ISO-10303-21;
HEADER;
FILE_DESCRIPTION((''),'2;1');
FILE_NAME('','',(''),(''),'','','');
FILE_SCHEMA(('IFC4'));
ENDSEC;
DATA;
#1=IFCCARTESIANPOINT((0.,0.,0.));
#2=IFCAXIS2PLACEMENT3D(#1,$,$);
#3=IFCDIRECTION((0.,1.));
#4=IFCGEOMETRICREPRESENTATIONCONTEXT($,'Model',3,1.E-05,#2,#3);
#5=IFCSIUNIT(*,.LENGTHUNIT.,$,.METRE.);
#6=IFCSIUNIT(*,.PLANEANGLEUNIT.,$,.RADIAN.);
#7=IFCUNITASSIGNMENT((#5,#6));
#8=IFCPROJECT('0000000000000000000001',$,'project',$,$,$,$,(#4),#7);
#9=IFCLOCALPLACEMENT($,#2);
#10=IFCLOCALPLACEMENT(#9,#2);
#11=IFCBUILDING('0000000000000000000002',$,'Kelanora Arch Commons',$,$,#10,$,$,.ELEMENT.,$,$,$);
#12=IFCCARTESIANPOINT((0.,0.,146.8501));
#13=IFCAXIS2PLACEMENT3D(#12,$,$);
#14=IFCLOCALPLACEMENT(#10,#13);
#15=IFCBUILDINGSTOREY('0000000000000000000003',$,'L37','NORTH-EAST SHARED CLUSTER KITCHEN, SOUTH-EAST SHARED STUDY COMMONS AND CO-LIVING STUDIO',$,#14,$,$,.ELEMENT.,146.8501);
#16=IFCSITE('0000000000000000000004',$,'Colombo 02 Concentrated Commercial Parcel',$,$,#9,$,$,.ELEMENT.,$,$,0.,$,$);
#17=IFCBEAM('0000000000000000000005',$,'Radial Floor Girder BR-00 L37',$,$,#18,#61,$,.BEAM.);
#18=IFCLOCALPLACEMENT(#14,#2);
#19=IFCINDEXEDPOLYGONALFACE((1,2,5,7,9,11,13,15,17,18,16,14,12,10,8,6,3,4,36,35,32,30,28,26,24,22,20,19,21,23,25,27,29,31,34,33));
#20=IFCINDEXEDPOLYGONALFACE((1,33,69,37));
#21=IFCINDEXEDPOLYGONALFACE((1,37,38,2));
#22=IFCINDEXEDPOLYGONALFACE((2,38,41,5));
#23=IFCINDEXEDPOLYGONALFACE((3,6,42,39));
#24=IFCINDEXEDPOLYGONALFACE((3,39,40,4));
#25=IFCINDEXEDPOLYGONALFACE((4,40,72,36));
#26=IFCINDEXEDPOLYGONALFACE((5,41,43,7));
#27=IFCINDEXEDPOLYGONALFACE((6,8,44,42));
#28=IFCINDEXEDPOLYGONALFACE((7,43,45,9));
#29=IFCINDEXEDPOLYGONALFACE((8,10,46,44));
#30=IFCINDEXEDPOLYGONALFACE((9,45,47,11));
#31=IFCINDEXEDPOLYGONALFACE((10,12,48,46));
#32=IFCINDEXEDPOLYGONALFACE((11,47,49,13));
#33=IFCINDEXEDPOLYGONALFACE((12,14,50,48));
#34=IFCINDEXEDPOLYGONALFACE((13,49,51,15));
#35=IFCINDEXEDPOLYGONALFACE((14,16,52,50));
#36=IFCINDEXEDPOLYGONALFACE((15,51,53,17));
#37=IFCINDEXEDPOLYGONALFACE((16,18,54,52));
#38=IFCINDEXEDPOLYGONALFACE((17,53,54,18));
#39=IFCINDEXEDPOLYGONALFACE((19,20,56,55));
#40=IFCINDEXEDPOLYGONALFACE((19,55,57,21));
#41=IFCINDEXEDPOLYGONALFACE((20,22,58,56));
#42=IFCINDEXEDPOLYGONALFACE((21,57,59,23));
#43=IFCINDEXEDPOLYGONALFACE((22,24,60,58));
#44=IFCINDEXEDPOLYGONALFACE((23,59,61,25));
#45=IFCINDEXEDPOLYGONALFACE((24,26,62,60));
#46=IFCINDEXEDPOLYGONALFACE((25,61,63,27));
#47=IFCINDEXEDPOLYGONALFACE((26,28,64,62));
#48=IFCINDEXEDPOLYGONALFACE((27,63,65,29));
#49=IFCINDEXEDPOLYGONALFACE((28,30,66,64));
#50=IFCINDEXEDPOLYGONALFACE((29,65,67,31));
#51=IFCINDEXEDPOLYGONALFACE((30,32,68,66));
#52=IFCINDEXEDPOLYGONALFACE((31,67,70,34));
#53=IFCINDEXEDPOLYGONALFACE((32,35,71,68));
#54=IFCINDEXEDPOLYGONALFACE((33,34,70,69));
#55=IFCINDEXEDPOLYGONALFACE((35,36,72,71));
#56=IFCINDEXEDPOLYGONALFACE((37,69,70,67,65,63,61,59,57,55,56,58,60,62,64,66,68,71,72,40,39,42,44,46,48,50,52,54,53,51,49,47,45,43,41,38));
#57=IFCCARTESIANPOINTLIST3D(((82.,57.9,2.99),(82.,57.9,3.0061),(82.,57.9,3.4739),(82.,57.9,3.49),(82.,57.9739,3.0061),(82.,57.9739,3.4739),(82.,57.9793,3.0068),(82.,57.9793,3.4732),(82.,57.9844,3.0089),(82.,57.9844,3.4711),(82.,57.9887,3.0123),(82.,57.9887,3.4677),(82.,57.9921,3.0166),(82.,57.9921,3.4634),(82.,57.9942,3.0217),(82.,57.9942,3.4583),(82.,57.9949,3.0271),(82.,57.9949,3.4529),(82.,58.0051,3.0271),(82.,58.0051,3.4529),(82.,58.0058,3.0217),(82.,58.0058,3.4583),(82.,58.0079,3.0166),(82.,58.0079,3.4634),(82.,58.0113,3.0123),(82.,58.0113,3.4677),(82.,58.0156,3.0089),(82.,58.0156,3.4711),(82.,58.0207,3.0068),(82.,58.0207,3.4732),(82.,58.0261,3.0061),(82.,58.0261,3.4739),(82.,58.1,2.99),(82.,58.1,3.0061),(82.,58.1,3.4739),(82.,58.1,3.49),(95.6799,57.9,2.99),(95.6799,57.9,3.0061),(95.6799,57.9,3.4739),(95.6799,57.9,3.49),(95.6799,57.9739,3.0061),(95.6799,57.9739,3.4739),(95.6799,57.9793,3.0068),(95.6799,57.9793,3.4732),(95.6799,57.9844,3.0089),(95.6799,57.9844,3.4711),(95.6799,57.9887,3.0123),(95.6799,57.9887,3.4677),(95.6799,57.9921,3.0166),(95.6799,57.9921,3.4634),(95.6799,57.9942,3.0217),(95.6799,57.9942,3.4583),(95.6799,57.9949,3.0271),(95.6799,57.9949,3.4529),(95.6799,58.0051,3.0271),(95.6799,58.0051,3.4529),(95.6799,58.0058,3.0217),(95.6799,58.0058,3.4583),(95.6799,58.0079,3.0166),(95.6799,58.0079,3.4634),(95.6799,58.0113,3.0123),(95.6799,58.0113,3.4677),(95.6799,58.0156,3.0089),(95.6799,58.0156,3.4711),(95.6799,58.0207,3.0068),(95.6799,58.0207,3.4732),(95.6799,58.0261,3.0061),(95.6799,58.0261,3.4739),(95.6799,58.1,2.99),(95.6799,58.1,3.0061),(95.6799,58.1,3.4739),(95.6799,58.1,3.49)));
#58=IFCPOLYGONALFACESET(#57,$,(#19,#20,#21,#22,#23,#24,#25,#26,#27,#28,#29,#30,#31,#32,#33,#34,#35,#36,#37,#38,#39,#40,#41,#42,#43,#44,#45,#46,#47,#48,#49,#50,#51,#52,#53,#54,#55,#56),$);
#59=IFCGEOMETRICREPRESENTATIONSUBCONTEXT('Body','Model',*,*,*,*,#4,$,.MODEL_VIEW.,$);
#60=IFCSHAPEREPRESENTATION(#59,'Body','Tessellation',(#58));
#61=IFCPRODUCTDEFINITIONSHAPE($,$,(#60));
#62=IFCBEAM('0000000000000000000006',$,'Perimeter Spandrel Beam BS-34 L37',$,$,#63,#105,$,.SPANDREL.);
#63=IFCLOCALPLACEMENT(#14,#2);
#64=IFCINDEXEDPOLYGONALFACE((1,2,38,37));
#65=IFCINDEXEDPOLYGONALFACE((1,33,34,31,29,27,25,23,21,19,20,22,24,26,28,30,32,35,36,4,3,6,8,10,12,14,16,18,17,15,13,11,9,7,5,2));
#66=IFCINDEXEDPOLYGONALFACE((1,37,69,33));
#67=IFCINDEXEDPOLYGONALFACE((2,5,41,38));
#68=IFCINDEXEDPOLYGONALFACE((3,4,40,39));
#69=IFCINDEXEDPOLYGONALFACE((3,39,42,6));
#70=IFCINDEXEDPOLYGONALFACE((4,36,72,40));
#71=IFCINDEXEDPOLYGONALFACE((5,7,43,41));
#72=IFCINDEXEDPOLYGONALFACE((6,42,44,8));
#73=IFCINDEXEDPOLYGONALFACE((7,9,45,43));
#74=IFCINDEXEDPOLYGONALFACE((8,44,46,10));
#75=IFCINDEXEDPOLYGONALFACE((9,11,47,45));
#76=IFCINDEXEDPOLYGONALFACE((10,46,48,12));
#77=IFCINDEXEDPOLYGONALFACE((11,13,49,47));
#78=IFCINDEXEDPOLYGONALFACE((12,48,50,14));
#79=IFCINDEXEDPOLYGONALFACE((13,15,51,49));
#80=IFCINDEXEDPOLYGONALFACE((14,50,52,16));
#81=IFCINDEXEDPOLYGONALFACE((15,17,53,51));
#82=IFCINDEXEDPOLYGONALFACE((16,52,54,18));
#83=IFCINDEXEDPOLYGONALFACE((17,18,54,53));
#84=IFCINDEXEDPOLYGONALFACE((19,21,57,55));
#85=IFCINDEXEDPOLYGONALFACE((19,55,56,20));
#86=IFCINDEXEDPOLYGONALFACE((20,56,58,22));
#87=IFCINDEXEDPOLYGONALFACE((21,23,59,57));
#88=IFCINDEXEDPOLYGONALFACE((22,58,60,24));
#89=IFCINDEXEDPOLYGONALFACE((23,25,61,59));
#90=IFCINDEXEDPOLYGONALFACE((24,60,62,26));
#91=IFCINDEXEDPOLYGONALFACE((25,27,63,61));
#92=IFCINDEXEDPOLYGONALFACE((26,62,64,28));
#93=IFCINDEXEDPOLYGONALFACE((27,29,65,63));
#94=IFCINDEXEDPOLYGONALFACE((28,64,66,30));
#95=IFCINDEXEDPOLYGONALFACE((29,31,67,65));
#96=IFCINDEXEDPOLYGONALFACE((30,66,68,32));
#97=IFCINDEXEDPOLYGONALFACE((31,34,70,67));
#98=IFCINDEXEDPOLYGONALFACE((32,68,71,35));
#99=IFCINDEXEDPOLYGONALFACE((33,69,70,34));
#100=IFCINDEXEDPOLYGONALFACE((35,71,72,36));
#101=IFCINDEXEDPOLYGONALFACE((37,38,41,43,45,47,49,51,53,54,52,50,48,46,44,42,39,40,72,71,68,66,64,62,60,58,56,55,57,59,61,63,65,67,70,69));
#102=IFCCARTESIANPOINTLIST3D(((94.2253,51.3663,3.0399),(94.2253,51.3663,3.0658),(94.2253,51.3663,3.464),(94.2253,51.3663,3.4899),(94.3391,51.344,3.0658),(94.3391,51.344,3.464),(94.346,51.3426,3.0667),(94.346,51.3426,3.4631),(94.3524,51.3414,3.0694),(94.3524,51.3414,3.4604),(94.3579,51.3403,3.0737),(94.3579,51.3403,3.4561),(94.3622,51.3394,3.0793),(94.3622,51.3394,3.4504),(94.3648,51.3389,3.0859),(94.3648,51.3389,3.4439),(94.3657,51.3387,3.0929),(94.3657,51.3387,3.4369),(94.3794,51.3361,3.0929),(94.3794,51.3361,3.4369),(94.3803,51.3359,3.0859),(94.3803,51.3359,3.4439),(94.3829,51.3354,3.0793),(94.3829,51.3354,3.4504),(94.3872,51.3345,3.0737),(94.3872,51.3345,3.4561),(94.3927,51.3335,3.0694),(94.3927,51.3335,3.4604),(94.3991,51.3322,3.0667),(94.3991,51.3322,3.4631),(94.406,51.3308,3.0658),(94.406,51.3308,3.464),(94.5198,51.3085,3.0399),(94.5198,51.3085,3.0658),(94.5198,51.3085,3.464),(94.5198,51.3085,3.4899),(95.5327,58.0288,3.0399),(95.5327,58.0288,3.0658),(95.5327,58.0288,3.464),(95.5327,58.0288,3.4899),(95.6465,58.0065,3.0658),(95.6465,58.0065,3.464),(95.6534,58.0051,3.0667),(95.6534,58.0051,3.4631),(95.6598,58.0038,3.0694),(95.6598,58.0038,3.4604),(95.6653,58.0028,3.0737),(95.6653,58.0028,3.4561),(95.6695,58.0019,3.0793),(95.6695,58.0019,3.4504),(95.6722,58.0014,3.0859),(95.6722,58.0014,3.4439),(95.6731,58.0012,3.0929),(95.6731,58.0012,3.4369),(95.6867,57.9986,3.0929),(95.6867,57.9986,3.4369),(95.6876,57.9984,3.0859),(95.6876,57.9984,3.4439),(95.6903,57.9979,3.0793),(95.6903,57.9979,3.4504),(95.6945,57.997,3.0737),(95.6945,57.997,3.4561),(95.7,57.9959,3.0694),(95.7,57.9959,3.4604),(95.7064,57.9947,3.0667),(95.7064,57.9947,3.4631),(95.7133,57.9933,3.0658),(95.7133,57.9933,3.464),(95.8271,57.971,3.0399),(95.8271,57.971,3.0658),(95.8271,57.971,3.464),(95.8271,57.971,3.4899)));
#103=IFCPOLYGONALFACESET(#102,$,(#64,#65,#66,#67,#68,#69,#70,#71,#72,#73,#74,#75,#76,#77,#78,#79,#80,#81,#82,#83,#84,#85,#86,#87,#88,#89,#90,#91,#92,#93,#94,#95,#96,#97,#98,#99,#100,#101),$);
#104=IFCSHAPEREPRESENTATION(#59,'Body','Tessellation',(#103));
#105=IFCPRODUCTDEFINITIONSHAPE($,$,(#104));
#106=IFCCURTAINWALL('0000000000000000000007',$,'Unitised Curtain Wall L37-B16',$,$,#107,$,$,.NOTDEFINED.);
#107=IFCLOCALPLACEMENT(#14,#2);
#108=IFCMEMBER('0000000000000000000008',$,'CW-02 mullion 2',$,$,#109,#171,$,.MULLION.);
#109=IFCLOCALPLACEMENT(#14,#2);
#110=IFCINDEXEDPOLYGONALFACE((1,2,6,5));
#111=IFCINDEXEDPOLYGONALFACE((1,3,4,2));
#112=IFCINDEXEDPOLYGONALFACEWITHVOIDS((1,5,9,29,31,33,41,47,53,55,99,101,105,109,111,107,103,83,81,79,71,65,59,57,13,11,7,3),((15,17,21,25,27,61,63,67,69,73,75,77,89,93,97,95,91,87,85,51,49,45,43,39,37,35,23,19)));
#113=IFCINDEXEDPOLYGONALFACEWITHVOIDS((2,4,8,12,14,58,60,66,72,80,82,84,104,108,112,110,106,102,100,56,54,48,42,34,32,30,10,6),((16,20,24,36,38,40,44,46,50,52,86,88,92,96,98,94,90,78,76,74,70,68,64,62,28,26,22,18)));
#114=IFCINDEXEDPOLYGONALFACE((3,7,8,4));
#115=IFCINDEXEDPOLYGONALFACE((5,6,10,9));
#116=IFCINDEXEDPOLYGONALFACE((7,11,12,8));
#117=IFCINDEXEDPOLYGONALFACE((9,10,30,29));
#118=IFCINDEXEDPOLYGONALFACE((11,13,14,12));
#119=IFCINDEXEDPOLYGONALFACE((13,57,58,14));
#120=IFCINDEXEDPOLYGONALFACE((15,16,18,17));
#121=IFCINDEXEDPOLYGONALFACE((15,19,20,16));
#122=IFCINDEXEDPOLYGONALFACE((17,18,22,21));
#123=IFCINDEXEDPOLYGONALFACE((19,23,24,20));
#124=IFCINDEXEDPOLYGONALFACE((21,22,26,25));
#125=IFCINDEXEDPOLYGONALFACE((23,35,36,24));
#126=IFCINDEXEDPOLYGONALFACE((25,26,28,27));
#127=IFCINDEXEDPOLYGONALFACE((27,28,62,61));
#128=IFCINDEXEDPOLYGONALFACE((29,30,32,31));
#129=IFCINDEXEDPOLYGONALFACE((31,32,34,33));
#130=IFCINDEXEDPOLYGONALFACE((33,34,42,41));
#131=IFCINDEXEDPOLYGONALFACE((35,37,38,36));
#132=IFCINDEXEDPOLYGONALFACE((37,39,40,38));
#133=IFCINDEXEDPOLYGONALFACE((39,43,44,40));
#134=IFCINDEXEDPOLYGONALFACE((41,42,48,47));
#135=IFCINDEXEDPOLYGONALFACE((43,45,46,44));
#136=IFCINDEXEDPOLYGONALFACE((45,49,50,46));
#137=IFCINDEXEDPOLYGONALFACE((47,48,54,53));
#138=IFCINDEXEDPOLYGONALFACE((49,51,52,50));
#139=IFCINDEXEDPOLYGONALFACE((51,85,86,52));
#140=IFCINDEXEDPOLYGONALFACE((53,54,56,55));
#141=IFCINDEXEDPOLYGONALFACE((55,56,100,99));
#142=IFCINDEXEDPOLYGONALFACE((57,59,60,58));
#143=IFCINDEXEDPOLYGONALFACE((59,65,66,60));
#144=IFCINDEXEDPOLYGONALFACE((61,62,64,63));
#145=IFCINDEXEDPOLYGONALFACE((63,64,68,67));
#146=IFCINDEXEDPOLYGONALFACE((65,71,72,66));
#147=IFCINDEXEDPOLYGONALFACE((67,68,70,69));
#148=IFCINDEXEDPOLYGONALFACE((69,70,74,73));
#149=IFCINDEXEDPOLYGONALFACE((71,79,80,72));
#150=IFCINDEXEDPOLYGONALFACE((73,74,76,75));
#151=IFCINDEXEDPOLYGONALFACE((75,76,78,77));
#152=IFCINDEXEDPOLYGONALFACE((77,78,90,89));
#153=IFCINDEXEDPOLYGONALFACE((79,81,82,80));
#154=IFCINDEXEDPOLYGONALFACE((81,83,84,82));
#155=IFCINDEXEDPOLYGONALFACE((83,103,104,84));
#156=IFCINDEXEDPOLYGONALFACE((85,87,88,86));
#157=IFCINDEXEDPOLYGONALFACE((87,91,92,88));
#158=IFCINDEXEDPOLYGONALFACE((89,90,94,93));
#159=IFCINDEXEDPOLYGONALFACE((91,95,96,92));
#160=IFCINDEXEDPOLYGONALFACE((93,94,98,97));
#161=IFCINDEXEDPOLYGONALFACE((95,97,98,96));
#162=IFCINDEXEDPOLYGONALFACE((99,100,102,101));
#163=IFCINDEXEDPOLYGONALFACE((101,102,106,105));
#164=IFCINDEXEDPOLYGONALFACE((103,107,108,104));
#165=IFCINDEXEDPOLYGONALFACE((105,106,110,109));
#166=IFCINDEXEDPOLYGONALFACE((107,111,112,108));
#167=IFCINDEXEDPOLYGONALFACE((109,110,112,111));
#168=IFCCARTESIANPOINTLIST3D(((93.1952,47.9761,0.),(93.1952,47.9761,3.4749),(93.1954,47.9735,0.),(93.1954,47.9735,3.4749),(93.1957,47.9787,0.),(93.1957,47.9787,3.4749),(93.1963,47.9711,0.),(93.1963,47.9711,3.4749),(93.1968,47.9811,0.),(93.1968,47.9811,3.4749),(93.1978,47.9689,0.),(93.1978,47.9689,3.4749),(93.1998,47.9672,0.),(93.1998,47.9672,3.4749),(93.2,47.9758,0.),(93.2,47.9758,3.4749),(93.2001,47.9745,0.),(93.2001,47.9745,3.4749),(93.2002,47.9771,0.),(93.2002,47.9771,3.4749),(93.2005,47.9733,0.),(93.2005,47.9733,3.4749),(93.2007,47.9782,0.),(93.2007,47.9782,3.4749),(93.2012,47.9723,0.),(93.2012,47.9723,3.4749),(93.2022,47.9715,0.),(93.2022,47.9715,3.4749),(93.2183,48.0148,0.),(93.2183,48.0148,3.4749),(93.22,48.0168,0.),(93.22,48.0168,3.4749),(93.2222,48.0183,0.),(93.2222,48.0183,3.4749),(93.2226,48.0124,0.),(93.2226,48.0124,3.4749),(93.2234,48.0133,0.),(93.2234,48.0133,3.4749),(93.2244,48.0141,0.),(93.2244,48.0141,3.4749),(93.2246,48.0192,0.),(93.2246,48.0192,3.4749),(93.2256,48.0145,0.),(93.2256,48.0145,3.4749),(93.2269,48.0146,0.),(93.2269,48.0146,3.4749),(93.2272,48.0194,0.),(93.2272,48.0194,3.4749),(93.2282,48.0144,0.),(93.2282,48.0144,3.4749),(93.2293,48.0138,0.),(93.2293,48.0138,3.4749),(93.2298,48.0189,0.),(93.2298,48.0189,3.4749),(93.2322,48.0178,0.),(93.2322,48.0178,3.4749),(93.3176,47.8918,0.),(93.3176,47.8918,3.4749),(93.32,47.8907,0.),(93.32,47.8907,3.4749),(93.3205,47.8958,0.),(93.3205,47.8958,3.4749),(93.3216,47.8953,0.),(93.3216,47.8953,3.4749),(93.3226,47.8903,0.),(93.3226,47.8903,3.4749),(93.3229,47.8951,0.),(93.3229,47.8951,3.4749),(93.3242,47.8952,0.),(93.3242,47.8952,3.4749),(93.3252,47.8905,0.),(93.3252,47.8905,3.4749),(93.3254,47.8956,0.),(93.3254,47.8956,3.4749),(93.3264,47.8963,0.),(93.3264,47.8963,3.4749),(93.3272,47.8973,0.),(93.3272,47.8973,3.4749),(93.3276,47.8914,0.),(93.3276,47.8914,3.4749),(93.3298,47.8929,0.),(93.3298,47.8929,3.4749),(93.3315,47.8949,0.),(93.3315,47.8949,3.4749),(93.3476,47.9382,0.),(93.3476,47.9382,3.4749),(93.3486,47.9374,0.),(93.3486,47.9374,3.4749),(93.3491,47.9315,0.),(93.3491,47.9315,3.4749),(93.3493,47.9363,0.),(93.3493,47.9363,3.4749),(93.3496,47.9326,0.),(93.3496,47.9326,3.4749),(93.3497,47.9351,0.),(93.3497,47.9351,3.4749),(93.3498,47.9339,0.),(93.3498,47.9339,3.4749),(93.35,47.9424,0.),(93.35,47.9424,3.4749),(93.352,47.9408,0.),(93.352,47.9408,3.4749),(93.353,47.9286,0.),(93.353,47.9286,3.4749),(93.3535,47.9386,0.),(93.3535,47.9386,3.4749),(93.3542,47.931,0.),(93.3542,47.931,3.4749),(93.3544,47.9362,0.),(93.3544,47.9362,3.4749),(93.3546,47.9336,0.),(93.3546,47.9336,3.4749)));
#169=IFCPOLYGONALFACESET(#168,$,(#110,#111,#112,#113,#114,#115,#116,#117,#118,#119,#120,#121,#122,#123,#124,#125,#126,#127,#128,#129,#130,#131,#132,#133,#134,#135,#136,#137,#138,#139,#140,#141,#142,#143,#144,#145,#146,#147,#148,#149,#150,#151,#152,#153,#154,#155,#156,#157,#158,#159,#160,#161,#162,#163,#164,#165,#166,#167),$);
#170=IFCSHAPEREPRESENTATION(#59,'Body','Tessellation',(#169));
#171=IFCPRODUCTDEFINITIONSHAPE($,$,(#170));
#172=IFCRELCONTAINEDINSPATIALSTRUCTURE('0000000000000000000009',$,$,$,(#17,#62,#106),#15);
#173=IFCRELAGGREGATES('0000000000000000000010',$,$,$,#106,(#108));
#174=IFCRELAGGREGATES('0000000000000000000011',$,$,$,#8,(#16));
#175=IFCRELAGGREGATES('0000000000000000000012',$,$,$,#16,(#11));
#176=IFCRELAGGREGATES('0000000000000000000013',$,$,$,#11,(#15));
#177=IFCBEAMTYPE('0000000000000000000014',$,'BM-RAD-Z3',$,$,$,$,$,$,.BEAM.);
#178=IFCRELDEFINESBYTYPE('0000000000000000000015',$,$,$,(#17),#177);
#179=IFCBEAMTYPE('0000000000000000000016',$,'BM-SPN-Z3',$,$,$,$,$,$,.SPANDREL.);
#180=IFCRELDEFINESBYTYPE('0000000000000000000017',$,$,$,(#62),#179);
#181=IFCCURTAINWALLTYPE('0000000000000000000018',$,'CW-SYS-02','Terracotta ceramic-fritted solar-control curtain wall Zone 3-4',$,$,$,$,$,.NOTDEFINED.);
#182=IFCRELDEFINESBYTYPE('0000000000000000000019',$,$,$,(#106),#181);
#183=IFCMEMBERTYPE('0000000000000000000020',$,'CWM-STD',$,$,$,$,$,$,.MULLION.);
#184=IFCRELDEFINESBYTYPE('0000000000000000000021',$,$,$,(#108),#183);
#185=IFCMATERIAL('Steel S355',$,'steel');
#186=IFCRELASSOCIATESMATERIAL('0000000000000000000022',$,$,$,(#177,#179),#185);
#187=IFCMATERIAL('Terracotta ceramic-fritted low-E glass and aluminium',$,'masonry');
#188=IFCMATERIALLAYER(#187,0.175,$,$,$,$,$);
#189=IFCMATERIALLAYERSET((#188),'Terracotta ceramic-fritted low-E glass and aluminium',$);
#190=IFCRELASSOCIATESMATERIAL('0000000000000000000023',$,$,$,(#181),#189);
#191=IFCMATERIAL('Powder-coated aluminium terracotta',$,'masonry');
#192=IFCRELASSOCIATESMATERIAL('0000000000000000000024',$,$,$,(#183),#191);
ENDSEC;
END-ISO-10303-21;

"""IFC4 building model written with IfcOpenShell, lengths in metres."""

from ifc_helpers import new_model, si_unit, direction, frame, origin, origin_2d, place, context, subcontext, project, spatial, hollow_rectangle, i_section, extrude, material, layer, layer_set, material_profile, profile_set, type_object, element, aggregate, save


model = new_model("IFC4")

# Units and contexts
model_context = context("Model", 3, precision=1e-05, world=origin(), true_north=direction((0.0, 1.0)))
body_context = subcontext(model_context, "Body", "Model", "MODEL_VIEW")
ifc_project = project(units=[si_unit("LENGTHUNIT", "METRE"), si_unit("PLANEANGLEUNIT", "RADIAN")], contexts=[model_context])

# Site, building, storey
site_placement = place(None, origin())
site = spatial("IfcSite", under=ifc_project, at=site_placement, Name="Colombo 02 Concentrated Commercial Parcel", CompositionType="ELEMENT", RefElevation=0.0)
building_placement = place(site_placement, origin())
building = spatial("IfcBuilding", under=site, at=building_placement, Name="Kelanora Arch Commons", CompositionType="ELEMENT")
storey_placement = place(building_placement, frame((0.0, 0.0, 146.8501)))
storey = spatial("IfcBuildingStorey", under=building, at=storey_placement, Name="L37", Description="NORTH-EAST SHARED CLUSTER KITCHEN, SOUTH-EAST SHARED STUDY COMMONS AND CO-LIVING STUDIO", CompositionType="ELEMENT", Elevation=146.8501)

# Beams
ifc_material_1 = material(Name="Steel S355", Category="steel")
ifc_material_profile_1 = material_profile(ifc_material_1, i_section(OverallWidth=0.2, OverallDepth=0.5, WebThickness=0.0103, FlangeThickness=0.0161, FilletRadius=0.021, at=origin_2d()), Name="IPE500")
ifc_profile_set_1 = profile_set([ifc_material_profile_1], Name="Steel S355")
beam_type_1 = type_object("IfcBeamType", Name="BM-RAD-Z3", PredefinedType="BEAM", material=ifc_profile_set_1)
beam_1_placement = place(storey_placement, frame((82.0, 58.0, 3.24), z_axis=(1.0, 0.0, 0.0), x_axis=(0.0, 1.0, 0.0)))
element("IfcBeam", 1, at=beam_1_placement, inside=storey, type_object=beam_type_1, Name="Radial Floor Girder BR-00 L37", PredefinedType="BEAM", context=body_context, shape_type="SweptSolid", body=[
    extrude(i_section(OverallWidth=0.2, OverallDepth=0.5, WebThickness=0.0103, FlangeThickness=0.0161, FilletRadius=0.021, at=origin_2d()), origin(), (0.0, 0.0, 1.0), 13.6799),
])
ifc_material_profile_2 = material_profile(ifc_material_1, i_section(OverallWidth=0.3, OverallDepth=0.45, WebThickness=0.0139, FlangeThickness=0.0259, FilletRadius=0.0271, at=origin_2d()), Name="HEB450")
ifc_profile_set_2 = profile_set([ifc_material_profile_2], Name="Steel S355")
beam_type_2 = type_object("IfcBeamType", Name="BM-SPN-Z3", PredefinedType="SPANDREL", material=ifc_profile_set_2)
beam_2_placement = place(storey_placement, frame((94.3726, 51.3374, 3.2649), z_axis=(0.192554, 0.981286, 0.0), x_axis=(-0.981286, 0.192554, 0.0)))
element("IfcBeam", 2, at=beam_2_placement, inside=storey, type_object=beam_type_2, Name="Perimeter Spandrel Beam BS-34 L37", PredefinedType="SPANDREL", context=body_context, shape_type="SweptSolid", body=[
    extrude(i_section(OverallWidth=0.3, OverallDepth=0.45, WebThickness=0.0139, FlangeThickness=0.0259, FilletRadius=0.0271, at=origin_2d()), origin(), (0.0, 0.0, 1.0), 6.7896),
])

# Curtain wall, member
ifc_material_2 = material(Name="Terracotta ceramic-fritted low-E glass and aluminium", Category="masonry")
ifc_layer_1 = layer(ifc_material_2, 0.175)
ifc_layer_set_1 = layer_set([ifc_layer_1], Name="Terracotta ceramic-fritted low-E glass and aluminium")
curtain_wall_type = type_object("IfcCurtainWallType", Name="CW-SYS-02", Description="Terracotta ceramic-fritted solar-control curtain wall Zone 3-4", PredefinedType="NOTDEFINED", material=ifc_layer_set_1)
curtain_wall_placement = place(storey_placement, origin())
curtain_wall = element("IfcCurtainWall", 3, at=curtain_wall_placement, inside=storey, type_object=curtain_wall_type, Name="Unitised Curtain Wall L37-B16", PredefinedType="NOTDEFINED")
ifc_material_3 = material(Name="Powder-coated aluminium terracotta", Category="masonry")
ifc_material_profile_3 = material_profile(ifc_material_3, hollow_rectangle(XDim=0.1599, YDim=0.0601, WallThickness=0.0049, InnerFilletRadius=0.0049, OuterFilletRadius=0.01, at=origin_2d()), Name="CWM160x60")
ifc_profile_set_3 = profile_set([ifc_material_profile_3], Name="Powder-coated aluminium terracotta")
member_type_1 = type_object("IfcMemberType", Name="CWM-STD", PredefinedType="MULLION", material=ifc_profile_set_3)
member_1_placement = place(storey_placement, frame((93.2749, 47.9548, 0.0), z_axis=(0.0, 0.0, 1.0), x_axis=(-0.842423, 0.538817, 0.0)))
member_1 = element("IfcMember", 4, at=member_1_placement, type_object=member_type_1, Name="CW-02 mullion 2", PredefinedType="MULLION", context=body_context, shape_type="SweptSolid", body=[
    extrude(hollow_rectangle(XDim=0.1599, YDim=0.0601, WallThickness=0.0049, InnerFilletRadius=0.0049, OuterFilletRadius=0.01, at=origin_2d()), origin(), (0.0, 0.0, 1.0), 3.4749),
])
aggregate(curtain_wall, [member_1])

save(model, "model.ifc")
